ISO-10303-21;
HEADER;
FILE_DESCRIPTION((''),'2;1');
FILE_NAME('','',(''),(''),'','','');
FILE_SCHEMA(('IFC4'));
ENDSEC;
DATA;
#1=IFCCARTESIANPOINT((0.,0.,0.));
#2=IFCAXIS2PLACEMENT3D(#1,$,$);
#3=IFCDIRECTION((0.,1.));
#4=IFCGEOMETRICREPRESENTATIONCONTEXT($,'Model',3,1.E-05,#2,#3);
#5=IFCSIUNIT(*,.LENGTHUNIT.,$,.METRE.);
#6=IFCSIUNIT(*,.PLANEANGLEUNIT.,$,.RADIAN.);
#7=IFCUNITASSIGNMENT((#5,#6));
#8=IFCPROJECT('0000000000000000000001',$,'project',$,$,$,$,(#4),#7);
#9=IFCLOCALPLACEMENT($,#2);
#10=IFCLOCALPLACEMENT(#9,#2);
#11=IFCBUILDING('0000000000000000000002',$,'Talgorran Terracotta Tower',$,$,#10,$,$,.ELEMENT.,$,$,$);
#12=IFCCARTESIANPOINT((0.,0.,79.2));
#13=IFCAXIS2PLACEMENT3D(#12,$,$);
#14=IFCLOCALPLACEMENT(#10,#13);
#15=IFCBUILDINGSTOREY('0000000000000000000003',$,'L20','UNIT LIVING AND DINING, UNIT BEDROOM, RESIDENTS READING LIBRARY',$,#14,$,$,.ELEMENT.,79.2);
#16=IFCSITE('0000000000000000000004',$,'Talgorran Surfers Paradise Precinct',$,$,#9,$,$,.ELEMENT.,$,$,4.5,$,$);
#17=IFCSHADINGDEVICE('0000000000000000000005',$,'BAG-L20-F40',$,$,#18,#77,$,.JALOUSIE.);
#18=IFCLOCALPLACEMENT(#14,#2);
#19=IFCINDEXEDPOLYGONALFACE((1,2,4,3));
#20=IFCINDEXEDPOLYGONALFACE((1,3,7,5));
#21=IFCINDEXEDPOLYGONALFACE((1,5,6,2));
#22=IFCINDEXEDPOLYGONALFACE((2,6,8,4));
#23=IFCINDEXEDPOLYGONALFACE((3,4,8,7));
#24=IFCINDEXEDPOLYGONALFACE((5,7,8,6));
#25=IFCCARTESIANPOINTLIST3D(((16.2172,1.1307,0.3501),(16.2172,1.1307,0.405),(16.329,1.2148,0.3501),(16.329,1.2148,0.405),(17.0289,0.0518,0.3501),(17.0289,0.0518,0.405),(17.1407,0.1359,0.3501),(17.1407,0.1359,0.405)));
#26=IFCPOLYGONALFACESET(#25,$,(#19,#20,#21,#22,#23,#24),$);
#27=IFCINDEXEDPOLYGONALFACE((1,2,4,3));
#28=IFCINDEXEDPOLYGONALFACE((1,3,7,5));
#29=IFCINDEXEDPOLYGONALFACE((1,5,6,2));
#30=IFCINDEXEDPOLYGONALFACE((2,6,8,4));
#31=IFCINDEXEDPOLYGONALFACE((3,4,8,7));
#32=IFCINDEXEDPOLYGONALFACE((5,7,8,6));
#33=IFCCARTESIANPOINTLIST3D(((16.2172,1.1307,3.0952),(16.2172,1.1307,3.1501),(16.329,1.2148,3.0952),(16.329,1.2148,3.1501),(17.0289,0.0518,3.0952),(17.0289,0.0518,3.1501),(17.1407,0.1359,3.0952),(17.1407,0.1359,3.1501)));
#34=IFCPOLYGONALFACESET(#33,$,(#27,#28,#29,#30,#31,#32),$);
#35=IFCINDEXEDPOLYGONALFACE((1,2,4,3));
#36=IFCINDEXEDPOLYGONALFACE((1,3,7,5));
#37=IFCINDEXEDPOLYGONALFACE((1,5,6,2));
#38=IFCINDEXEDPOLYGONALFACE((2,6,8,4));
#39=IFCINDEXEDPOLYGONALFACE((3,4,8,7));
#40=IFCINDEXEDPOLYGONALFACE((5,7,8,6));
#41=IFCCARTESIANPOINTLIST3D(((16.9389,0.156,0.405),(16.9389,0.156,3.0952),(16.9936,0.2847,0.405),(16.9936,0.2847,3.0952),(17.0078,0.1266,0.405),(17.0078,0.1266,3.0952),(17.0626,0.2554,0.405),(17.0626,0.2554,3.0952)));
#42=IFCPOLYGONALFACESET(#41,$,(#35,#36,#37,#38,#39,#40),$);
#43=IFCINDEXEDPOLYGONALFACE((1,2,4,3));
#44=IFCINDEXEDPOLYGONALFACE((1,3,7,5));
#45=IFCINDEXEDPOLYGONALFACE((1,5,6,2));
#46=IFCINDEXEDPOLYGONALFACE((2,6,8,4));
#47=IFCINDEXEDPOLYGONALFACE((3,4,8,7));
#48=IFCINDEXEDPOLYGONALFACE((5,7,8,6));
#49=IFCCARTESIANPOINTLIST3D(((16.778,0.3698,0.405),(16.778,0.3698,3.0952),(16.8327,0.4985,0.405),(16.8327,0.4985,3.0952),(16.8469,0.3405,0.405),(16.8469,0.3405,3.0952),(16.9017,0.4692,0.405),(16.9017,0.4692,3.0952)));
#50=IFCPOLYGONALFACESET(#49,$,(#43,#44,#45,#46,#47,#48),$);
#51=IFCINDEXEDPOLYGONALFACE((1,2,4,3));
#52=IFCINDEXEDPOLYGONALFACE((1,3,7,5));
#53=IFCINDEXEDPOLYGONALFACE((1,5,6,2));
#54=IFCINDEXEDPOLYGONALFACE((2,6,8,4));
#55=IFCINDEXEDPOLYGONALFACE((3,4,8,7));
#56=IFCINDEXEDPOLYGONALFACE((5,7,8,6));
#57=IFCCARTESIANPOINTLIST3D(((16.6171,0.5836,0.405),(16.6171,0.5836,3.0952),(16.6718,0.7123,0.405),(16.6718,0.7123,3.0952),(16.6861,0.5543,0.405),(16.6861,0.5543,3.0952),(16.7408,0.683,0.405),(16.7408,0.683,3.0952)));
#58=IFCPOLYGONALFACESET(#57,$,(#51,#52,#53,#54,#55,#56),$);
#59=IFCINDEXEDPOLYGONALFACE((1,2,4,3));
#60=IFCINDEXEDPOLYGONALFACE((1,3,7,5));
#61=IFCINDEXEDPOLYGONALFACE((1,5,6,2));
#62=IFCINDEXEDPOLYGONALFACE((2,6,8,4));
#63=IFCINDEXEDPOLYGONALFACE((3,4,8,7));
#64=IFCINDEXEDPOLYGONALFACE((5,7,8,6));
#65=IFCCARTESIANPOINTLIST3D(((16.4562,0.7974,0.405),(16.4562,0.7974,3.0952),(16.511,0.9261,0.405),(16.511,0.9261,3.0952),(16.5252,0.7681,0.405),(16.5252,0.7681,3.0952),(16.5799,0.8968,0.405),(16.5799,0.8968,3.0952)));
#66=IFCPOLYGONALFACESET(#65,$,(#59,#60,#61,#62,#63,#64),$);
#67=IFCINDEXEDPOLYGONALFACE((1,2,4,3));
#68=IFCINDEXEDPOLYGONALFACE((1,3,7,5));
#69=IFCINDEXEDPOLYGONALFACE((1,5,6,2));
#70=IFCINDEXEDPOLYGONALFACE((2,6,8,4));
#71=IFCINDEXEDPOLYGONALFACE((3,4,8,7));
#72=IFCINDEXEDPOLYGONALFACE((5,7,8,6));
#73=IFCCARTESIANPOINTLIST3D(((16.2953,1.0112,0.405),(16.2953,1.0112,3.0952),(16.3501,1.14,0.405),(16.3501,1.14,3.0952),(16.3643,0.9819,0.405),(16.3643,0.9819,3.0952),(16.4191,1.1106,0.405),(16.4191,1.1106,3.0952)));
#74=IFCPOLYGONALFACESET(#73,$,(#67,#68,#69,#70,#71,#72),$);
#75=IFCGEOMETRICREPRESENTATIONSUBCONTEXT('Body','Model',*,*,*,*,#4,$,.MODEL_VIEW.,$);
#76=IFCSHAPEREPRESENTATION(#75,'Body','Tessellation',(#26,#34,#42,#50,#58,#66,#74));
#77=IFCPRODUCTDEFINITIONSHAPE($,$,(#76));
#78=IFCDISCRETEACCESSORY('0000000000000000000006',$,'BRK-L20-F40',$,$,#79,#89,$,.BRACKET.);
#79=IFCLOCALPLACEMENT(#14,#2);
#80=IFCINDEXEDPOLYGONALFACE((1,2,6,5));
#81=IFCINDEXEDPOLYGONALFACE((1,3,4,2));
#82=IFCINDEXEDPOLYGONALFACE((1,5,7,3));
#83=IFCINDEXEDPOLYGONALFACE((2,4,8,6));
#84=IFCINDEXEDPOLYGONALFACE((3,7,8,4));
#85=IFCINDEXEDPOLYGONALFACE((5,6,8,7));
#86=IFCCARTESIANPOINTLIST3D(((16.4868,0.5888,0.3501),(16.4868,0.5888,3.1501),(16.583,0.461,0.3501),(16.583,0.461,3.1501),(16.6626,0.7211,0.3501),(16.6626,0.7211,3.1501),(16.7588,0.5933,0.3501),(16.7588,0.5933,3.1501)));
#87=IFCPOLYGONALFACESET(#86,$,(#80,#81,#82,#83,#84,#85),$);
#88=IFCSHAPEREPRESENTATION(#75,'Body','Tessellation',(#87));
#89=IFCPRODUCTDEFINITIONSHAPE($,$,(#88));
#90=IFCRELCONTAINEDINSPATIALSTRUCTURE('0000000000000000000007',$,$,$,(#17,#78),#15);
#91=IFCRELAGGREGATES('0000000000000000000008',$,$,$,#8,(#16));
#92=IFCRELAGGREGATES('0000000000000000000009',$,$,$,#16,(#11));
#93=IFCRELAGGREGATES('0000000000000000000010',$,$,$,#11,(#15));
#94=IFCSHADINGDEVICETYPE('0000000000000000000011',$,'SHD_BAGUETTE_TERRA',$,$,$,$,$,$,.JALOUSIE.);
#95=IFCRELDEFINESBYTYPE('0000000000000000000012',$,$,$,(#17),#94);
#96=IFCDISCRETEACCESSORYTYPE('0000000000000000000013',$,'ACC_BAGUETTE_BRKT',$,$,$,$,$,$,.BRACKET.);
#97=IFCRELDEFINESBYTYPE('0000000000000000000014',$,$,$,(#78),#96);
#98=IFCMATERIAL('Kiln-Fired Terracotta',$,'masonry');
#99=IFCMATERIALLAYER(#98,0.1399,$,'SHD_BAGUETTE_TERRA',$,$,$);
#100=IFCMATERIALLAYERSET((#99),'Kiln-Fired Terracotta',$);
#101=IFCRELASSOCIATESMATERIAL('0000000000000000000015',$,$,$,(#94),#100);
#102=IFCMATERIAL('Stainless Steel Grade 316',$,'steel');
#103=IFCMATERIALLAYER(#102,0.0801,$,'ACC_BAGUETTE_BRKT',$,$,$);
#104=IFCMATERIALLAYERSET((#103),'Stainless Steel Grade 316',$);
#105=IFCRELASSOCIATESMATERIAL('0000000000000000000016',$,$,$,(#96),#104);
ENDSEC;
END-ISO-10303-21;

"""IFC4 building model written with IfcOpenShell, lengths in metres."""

from ifc_helpers import new_model, si_unit, direction, frame, origin, origin_2d, place, context, subcontext, project, spatial, rectangle, extrude, source, transform, mapped, material, layer, layer_set, type_object, type_shapes, element, save


model = new_model("IFC4")

# Units and contexts
model_context = context("Model", 3, precision=1e-05, world=origin(), true_north=direction((0.0, 1.0)))
body_context = subcontext(model_context, "Body", "Model", "MODEL_VIEW")
ifc_project = project(units=[si_unit("LENGTHUNIT", "METRE"), si_unit("PLANEANGLEUNIT", "RADIAN")], contexts=[model_context])

# Site, building, storey
site_placement = place(None, origin())
site = spatial("IfcSite", under=ifc_project, at=site_placement, Name="Talgorran Surfers Paradise Precinct", CompositionType="ELEMENT", RefElevation=4.5)
building_placement = place(site_placement, origin())
building = spatial("IfcBuilding", under=site, at=building_placement, Name="Talgorran Terracotta Tower", CompositionType="ELEMENT")
storey_placement = place(building_placement, frame((0.0, 0.0, 79.2)))
storey = spatial("IfcBuildingStorey", under=building, at=storey_placement, Name="L20", Description="UNIT LIVING AND DINING, UNIT BEDROOM, RESIDENTS READING LIBRARY", CompositionType="ELEMENT", Elevation=79.2)

# Shading device
ifc_material_1 = material(Name="Kiln-Fired Terracotta", Category="masonry")
ifc_layer_1 = layer(ifc_material_1, 0.1399, Name="SHD_BAGUETTE_TERRA")
ifc_layer_set_1 = layer_set([ifc_layer_1], Name="Kiln-Fired Terracotta")
shading_device_type = type_object("IfcShadingDeviceType", Name="SHD_BAGUETTE_TERRA", PredefinedType="JALOUSIE", material=ifc_layer_set_1)
shared_shape_1 = source(origin(), body_context, "Body", "SweptSolid", [
    extrude(rectangle(XDim=1.3501, YDim=0.1399, at=origin_2d()), origin(), (0.0, 0.0, 1.0), 0.0549),
    extrude(rectangle(XDim=1.3501, YDim=0.1399, at=origin_2d()), frame((0.0, 0.0, 2.7451)), (0.0, 0.0, 1.0), 0.0549),
    extrude(rectangle(XDim=0.075, YDim=0.1399, at=origin_2d()), frame((-0.5352, 0.0, 0.0549), z_axis=(0.0, 0.0, 1.0), x_axis=(0.866025, 0.5, 0.0)), (0.0, 0.0, 1.0), 2.6902),
    extrude(rectangle(XDim=0.075, YDim=0.1399, at=origin_2d()), frame((-0.2676, 0.0, 0.0549), z_axis=(0.0, 0.0, 1.0), x_axis=(0.866025, 0.5, 0.0)), (0.0, 0.0, 1.0), 2.6902),
    extrude(rectangle(XDim=0.075, YDim=0.1399, at=origin_2d()), frame((0.0, 0.0, 0.0549), z_axis=(0.0, 0.0, 1.0), x_axis=(0.866025, 0.5, 0.0)), (0.0, 0.0, 1.0), 2.6902),
    extrude(rectangle(XDim=0.075, YDim=0.1399, at=origin_2d()), frame((0.2676, 0.0, 0.0549), z_axis=(0.0, 0.0, 1.0), x_axis=(0.866025, 0.5, 0.0)), (0.0, 0.0, 1.0), 2.6902),
    extrude(rectangle(XDim=0.075, YDim=0.1399, at=origin_2d()), frame((0.5352, 0.0, 0.0549), z_axis=(0.0, 0.0, 1.0), x_axis=(0.866025, 0.5, 0.0)), (0.0, 0.0, 1.0), 2.6902),
])
type_shapes(shading_device_type, [shared_shape_1])
shading_device_placement = place(storey_placement, frame((16.679, 0.6333, 0.3501), z_axis=(0.0, 0.0, 1.0), x_axis=(-0.601243, 0.799066, 0.0)))
element("IfcShadingDevice", 1, at=shading_device_placement, inside=storey, type_object=shading_device_type, Name="BAG-L20-F40", PredefinedType="JALOUSIE", context=body_context, shape_type="MappedRepresentation", body=[
    mapped(shared_shape_1, transform((0.0, 0.0, 0.0), scale=1.0)),
])

# Discrete accessory
ifc_material_2 = material(Name="Stainless Steel Grade 316", Category="steel")
ifc_layer_2 = layer(ifc_material_2, 0.0801, Name="ACC_BAGUETTE_BRKT")
ifc_layer_set_2 = layer_set([ifc_layer_2], Name="Stainless Steel Grade 316")
discrete_accessory_type = type_object("IfcDiscreteAccessoryType", Name="ACC_BAGUETTE_BRKT", PredefinedType="BRACKET", material=ifc_layer_set_2)
shared_shape_2 = source(origin(), body_context, "Body", "SweptSolid", [
    extrude(rectangle(XDim=0.1599, YDim=0.22, at=origin_2d()), origin(), (0.0, 0.0, 1.0), 2.8),
])
type_shapes(discrete_accessory_type, [shared_shape_2])
discrete_accessory_placement = place(storey_placement, frame((16.6228, 0.5911, 0.3501), z_axis=(0.0, 0.0, 1.0), x_axis=(-0.601243, 0.799066, 0.0)))
element("IfcDiscreteAccessory", 2, at=discrete_accessory_placement, inside=storey, type_object=discrete_accessory_type, Name="BRK-L20-F40", PredefinedType="BRACKET", context=body_context, shape_type="MappedRepresentation", body=[
    mapped(shared_shape_2, transform((0.0, 0.0, 0.0), scale=1.0)),
])

save(model, "model.ifc")
